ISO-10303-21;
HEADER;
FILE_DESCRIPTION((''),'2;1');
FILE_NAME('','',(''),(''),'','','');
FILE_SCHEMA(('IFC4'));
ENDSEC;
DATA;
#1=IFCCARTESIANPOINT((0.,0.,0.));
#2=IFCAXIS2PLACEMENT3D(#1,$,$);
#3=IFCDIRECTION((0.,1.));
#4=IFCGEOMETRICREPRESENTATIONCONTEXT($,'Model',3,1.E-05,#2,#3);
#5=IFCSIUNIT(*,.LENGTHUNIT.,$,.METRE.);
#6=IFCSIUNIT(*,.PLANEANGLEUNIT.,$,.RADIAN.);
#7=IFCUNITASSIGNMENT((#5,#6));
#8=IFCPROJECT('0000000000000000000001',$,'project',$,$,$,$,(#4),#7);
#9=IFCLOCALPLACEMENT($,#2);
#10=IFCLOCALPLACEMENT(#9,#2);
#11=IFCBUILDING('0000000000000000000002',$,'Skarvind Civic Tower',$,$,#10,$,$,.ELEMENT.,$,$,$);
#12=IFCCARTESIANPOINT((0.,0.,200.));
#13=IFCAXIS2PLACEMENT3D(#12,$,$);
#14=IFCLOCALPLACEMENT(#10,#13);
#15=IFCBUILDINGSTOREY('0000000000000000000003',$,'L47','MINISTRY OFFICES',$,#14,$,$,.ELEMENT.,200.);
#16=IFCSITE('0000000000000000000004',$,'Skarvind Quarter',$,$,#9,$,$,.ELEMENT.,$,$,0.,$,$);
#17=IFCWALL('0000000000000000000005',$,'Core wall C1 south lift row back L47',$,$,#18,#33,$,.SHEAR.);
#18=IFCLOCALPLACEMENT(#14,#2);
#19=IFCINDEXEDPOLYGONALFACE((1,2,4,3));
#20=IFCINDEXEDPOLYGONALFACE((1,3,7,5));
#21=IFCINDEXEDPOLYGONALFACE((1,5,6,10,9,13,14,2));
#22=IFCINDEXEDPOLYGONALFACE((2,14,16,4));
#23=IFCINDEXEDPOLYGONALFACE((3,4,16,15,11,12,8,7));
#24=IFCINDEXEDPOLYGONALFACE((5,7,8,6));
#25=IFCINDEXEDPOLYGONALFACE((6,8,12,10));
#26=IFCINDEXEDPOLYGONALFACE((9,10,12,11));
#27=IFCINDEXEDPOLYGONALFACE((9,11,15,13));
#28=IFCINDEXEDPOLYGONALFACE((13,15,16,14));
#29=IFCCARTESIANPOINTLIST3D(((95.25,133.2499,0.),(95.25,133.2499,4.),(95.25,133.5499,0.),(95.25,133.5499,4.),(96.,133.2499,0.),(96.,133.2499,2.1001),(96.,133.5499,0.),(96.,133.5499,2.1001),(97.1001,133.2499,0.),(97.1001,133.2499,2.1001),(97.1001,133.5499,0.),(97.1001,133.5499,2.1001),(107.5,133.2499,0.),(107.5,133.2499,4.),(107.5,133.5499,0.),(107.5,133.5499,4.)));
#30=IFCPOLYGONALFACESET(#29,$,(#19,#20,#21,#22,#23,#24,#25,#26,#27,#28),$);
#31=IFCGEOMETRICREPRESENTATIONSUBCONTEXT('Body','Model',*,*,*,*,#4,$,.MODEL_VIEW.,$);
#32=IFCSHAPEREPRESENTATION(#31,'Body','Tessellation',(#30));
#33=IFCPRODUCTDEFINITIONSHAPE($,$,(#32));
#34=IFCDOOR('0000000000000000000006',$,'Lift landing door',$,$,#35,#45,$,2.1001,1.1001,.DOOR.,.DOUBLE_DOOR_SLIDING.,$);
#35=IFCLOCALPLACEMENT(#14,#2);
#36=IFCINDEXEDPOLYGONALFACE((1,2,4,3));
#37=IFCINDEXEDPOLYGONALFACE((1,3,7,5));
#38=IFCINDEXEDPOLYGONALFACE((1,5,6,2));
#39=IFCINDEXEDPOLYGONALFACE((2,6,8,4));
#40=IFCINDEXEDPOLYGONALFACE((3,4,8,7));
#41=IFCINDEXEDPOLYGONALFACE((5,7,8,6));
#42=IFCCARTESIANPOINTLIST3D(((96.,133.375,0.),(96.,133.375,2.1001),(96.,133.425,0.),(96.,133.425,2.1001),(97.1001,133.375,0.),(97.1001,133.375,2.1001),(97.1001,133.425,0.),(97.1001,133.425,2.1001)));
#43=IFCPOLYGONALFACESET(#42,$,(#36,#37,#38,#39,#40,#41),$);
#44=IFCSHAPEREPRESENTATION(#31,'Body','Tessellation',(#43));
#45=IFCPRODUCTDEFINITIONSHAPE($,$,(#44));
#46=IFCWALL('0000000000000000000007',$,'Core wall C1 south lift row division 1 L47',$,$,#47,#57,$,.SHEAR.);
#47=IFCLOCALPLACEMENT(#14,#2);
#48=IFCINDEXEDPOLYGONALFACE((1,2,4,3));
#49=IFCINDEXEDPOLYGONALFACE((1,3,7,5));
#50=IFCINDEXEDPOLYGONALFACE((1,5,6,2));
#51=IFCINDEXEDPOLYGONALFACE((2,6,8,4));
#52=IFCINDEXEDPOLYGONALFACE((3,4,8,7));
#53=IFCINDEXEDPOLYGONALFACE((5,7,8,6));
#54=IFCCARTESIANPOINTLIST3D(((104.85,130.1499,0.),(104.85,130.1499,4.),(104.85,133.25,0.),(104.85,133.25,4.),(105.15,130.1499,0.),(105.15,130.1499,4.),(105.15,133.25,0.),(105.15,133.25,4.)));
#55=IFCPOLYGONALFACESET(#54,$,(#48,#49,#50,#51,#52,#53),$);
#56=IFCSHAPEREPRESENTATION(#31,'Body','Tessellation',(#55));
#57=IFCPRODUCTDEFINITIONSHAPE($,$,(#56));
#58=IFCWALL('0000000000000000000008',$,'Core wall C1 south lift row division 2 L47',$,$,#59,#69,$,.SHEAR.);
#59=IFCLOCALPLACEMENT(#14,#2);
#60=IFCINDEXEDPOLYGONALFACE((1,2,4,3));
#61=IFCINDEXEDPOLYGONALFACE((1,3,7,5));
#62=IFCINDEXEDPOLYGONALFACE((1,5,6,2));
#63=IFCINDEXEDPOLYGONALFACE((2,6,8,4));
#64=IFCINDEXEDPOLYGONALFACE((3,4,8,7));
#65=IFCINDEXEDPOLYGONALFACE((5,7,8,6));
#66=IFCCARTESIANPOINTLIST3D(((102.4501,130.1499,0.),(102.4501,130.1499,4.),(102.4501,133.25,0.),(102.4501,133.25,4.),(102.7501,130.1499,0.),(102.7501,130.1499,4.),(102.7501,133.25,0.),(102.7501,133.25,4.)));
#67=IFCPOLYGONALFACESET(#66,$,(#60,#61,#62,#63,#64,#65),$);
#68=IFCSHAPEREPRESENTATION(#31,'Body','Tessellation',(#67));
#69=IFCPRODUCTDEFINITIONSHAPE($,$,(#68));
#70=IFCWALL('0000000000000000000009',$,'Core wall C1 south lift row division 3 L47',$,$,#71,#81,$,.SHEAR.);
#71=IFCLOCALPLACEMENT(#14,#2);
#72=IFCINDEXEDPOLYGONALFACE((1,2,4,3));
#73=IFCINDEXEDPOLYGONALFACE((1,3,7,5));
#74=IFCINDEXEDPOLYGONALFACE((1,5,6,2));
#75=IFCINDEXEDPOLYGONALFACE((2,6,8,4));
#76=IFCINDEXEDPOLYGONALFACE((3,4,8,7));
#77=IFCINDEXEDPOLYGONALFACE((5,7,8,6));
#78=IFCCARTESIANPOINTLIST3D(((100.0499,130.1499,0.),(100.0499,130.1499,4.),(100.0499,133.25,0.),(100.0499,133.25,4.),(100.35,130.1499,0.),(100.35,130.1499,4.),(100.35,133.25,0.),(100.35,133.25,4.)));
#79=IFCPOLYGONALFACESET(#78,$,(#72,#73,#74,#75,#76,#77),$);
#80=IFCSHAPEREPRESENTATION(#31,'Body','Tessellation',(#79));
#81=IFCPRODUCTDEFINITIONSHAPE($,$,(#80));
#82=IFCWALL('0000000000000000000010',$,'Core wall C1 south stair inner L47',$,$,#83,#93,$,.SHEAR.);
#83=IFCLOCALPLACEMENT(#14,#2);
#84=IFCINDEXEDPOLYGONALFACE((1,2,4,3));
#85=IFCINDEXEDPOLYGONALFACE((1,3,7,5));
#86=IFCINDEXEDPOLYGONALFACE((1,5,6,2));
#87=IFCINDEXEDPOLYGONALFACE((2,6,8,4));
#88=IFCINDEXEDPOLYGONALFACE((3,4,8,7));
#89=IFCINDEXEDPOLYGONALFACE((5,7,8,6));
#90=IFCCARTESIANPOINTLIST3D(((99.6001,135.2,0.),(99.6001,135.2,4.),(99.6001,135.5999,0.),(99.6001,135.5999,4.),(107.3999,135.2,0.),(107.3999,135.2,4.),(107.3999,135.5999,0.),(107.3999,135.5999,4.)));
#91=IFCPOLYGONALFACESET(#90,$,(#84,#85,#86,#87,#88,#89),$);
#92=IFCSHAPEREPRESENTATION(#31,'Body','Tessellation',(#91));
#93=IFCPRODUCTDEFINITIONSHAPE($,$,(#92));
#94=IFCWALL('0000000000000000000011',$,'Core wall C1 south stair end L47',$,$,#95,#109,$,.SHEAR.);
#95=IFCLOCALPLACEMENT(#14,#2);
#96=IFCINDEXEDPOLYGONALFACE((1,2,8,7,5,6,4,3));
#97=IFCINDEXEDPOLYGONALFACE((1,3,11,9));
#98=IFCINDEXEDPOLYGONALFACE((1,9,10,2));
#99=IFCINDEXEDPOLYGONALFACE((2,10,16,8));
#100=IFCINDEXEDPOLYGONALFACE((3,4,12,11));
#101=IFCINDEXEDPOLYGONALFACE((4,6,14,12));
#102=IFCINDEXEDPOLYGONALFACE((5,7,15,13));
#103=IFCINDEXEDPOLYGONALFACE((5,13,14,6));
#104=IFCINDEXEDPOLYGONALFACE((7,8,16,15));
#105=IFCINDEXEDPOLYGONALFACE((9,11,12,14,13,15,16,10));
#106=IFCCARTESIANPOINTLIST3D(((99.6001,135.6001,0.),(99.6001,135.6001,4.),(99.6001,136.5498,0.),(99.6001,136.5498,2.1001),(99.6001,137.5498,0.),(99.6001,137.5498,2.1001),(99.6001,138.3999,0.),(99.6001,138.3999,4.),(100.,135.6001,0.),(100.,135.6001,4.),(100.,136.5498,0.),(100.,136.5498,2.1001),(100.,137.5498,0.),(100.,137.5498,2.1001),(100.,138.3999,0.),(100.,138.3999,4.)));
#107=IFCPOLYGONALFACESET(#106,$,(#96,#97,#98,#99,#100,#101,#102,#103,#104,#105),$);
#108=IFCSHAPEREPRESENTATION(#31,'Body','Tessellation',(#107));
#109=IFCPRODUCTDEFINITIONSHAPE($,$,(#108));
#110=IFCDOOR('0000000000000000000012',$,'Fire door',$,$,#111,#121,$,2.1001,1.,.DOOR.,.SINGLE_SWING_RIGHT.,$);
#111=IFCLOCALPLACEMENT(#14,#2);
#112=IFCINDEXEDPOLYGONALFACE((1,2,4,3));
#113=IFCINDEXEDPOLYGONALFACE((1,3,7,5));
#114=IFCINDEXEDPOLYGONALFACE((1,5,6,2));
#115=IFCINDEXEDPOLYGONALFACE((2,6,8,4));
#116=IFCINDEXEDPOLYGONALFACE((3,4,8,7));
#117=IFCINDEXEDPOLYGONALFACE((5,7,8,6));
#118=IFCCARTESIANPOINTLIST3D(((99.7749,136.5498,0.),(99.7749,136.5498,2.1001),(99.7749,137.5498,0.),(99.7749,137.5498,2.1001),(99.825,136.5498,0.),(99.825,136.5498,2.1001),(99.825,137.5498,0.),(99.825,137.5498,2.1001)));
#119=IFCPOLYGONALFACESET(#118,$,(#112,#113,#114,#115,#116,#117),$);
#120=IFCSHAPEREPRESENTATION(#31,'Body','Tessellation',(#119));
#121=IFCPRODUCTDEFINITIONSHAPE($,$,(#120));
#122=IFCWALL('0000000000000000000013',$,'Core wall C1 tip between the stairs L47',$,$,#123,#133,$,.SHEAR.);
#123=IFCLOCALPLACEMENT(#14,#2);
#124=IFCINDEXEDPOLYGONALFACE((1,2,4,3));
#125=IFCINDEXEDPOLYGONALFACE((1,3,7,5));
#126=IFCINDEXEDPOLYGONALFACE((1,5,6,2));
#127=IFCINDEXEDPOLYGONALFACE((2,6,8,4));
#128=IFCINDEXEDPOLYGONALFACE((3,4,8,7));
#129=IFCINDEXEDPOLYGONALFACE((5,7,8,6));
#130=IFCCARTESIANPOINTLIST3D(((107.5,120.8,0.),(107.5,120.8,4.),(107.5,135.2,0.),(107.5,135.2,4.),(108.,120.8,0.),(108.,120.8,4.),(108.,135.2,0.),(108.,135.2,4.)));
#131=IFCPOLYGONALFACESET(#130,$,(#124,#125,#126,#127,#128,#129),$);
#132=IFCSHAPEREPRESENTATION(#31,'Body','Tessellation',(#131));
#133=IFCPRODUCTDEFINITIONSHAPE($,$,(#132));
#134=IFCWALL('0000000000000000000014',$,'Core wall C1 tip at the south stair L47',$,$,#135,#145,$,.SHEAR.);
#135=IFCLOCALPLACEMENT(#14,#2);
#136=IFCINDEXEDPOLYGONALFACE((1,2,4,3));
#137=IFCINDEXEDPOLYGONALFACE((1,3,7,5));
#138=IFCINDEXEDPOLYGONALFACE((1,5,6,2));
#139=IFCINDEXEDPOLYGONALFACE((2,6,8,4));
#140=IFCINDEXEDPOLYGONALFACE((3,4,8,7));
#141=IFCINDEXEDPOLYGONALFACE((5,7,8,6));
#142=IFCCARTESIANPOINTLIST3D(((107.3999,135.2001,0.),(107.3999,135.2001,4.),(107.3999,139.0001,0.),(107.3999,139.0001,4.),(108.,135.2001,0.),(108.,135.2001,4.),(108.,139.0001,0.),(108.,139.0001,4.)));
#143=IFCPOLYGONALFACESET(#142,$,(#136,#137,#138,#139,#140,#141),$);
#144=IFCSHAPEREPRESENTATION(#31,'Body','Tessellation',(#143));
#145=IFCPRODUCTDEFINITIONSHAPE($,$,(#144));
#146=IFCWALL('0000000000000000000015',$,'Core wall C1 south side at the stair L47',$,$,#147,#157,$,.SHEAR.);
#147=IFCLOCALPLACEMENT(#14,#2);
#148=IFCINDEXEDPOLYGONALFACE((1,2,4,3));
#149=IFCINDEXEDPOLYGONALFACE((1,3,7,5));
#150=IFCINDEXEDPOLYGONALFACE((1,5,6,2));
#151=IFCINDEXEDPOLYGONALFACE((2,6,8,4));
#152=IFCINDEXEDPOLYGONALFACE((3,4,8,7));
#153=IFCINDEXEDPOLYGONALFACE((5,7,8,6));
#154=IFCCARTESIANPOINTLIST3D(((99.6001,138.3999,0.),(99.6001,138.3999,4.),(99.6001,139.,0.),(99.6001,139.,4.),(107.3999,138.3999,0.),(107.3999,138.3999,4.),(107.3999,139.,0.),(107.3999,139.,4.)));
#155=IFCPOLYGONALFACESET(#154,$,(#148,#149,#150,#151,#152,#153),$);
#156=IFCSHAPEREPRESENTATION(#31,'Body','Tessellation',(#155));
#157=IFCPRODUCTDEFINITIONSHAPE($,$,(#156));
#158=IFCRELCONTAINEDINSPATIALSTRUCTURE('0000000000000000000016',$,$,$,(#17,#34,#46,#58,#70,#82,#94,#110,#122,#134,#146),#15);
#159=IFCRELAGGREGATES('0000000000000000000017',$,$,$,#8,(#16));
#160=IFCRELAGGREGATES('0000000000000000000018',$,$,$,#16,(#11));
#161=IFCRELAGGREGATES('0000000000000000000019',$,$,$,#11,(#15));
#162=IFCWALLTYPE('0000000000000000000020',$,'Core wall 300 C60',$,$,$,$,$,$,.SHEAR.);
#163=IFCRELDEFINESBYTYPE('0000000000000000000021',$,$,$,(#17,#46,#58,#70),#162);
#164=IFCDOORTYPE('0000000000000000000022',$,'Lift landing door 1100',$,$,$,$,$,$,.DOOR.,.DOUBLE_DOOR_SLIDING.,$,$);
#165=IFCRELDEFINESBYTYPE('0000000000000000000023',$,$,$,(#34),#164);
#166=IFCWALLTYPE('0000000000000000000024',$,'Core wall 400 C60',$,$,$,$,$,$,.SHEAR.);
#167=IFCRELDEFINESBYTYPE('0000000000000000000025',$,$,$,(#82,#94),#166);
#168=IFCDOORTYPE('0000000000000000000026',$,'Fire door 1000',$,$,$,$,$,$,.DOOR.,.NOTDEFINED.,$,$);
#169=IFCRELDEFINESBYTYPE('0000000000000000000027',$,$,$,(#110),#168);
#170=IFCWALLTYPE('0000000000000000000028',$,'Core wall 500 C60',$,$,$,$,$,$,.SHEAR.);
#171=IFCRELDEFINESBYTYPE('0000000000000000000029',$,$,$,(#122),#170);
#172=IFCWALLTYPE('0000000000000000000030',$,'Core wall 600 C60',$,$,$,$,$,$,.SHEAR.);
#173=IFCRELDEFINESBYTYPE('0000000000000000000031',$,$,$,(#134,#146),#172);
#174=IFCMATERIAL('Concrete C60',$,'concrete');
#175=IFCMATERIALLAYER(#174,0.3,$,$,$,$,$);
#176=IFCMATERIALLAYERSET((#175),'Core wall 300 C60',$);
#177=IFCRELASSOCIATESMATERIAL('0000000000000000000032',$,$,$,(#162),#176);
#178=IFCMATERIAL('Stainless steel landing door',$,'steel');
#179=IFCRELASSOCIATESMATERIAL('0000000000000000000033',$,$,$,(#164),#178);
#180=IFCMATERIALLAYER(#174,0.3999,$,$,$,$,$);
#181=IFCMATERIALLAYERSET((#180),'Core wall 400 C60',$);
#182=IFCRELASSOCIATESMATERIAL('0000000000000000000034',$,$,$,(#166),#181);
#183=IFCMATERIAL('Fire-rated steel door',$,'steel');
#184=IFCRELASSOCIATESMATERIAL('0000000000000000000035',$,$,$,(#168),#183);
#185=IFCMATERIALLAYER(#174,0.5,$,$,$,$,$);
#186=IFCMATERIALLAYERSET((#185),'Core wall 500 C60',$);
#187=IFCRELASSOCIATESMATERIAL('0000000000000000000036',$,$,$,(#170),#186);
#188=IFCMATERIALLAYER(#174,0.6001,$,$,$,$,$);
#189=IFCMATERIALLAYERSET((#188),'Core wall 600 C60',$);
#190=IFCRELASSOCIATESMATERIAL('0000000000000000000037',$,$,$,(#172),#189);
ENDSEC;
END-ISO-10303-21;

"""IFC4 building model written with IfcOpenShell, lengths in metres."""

from ifc_helpers import new_model, si_unit, direction, frame, frame_2d, origin, place, context, subcontext, project, spatial, rectangle, extrude, material, layer, layer_set, type_object, element, fill, save


model = new_model("IFC4")

# Units and contexts
model_context = context("Model", 3, precision=1e-05, world=origin(), true_north=direction((0.0, 1.0)))
body_context = subcontext(model_context, "Body", "Model", "MODEL_VIEW")
ifc_project = project(units=[si_unit("LENGTHUNIT", "METRE"), si_unit("PLANEANGLEUNIT", "RADIAN")], contexts=[model_context])

# Site, building, storey
site_placement = place(None, origin())
site = spatial("IfcSite", under=ifc_project, at=site_placement, Name="Skarvind Quarter", CompositionType="ELEMENT", RefElevation=0.0)
building_placement = place(site_placement, origin())
building = spatial("IfcBuilding", under=site, at=building_placement, Name="Skarvind Civic Tower", CompositionType="ELEMENT")
storey_placement = place(building_placement, frame((0.0, 0.0, 200.0)))
storey = spatial("IfcBuildingStorey", under=building, at=storey_placement, Name="L47", Description="MINISTRY OFFICES", CompositionType="ELEMENT", Elevation=200.0)

# Wall, opening, door
ifc_material_1 = material(Name="Concrete C60", Category="concrete")
ifc_layer_1 = layer(ifc_material_1, 0.3)
ifc_layer_set_1 = layer_set([ifc_layer_1], Name="Core wall 300 C60")
wall_type_1 = type_object("IfcWallType", Name="Core wall 300 C60", PredefinedType="SHEAR", material=ifc_layer_set_1)
wall_1_placement = place(storey_placement, frame((107.5, 133.3999, 0.0), z_axis=(0.0, 0.0, 1.0), x_axis=(-1.0, 0.0, 0.0)))
wall_1 = element("IfcWall", 1, at=wall_1_placement, inside=storey, type_object=wall_type_1, Name="Core wall C1 south lift row back L47", PredefinedType="SHEAR", context=body_context, shape_type="SweptSolid", body=[
    extrude(rectangle(XDim=12.25, YDim=0.3, at=frame_2d((6.125, 0.0))), origin(), (0.0, 0.0, 1.0), 4.0),
])
opening_1_placement = place(wall_1_placement, frame((10.3999, 0.0, 0.0)))
opening_1 = element("IfcOpeningElement", 2, at=opening_1_placement, cuts=wall_1, PredefinedType="OPENING", context=body_context, shape_type="SweptSolid", body=[
    extrude(rectangle(XDim=1.1001, YDim=2.1001, at=frame_2d((0.55, 1.05))), frame((0.0, 0.1599, 0.0), z_axis=(0.0, -1.0, 0.0), x_axis=(1.0, 0.0, 0.0)), (0.0, 0.0, 1.0), 0.3201),
])
ifc_material_2 = material(Name="Stainless steel landing door", Category="steel")
door_type_1 = type_object("IfcDoorType", Name="Lift landing door 1100", OperationType="DOUBLE_DOOR_SLIDING", PredefinedType="DOOR", material=ifc_material_2)
door_1_placement = place(opening_1_placement, origin())
door_1 = element("IfcDoor", 3, at=door_1_placement, inside=storey, type_object=door_type_1, Name="Lift landing door", OperationType="DOUBLE_DOOR_SLIDING", OverallHeight=2.1001, OverallWidth=1.1001, PredefinedType="DOOR", context=body_context, shape_type="SweptSolid", body=[
    extrude(rectangle(XDim=1.1001, YDim=2.1001, at=frame_2d((0.55, 1.05))), frame((0.0, 0.0249, 0.0), z_axis=(0.0, -1.0, 0.0), x_axis=(1.0, 0.0, 0.0)), (0.0, 0.0, 1.0), 0.05),
])
fill(opening_1, door_1)

# Walls
for number, where, z_axis, x_axis, name in (
    (4, (105.0, 133.25, 0.0), (0.0, 0.0, 1.0), (0.0, -1.0, 0.0), "Core wall C1 south lift row division 1 L47"),
    (5, (102.6001, 133.25, 0.0), (0.0, 0.0, 1.0), (0.0, -1.0, 0.0), "Core wall C1 south lift row division 2 L47"),
    (6, (100.2, 133.25, 0.0), (0.0, 0.0, 1.0), (0.0, -1.0, 0.0), "Core wall C1 south lift row division 3 L47"),
):
    element("IfcWall", number, at=place(storey_placement, frame(where, z_axis=z_axis, x_axis=x_axis)), inside=storey, type_object=wall_type_1, Name=name, PredefinedType="SHEAR", context=body_context, shape_type="SweptSolid", body=[
        extrude(rectangle(XDim=3.1001, YDim=0.3, at=frame_2d((1.55, 0.0))), origin(), (0.0, 0.0, 1.0), 4.0),
    ])
ifc_layer_2 = layer(ifc_material_1, 0.3999)
ifc_layer_set_2 = layer_set([ifc_layer_2], Name="Core wall 400 C60")
wall_type_2 = type_object("IfcWallType", Name="Core wall 400 C60", PredefinedType="SHEAR", material=ifc_layer_set_2)
wall_2_placement = place(storey_placement, frame((107.3999, 135.3999, 0.0), z_axis=(0.0, 0.0, 1.0), x_axis=(-1.0, 0.0, 0.0)))
element("IfcWall", 7, at=wall_2_placement, inside=storey, type_object=wall_type_2, Name="Core wall C1 south stair inner L47", PredefinedType="SHEAR", context=body_context, shape_type="SweptSolid", body=[
    extrude(rectangle(XDim=7.7998, YDim=0.3999, at=frame_2d((3.8999, 0.0))), origin(), (0.0, 0.0, 1.0), 4.0),
])

# Wall, opening, door
wall_3_placement = place(storey_placement, frame((99.8, 138.3999, 0.0), z_axis=(0.0, 0.0, 1.0), x_axis=(0.0, -1.0, 0.0)))
wall_3 = element("IfcWall", 8, at=wall_3_placement, inside=storey, type_object=wall_type_2, Name="Core wall C1 south stair end L47", PredefinedType="SHEAR", context=body_context, shape_type="SweptSolid", body=[
    extrude(rectangle(XDim=2.7998, YDim=0.3999, at=frame_2d((1.3999, 0.0))), origin(), (0.0, 0.0, 1.0), 4.0),
])
opening_2_placement = place(wall_3_placement, frame((0.8501, 0.0, 0.0)))
opening_2 = element("IfcOpeningElement", 9, at=opening_2_placement, cuts=wall_3, PredefinedType="OPENING", context=body_context, shape_type="SweptSolid", body=[
    extrude(rectangle(XDim=1.0, YDim=2.1001, at=frame_2d((0.5, 1.05))), frame((0.0, 0.21, 0.0), z_axis=(0.0, -1.0, 0.0), x_axis=(1.0, 0.0, 0.0)), (0.0, 0.0, 1.0), 0.4199),
])
ifc_material_3 = material(Name="Fire-rated steel door", Category="steel")
door_type_2 = type_object("IfcDoorType", Name="Fire door 1000", OperationType="NOTDEFINED", PredefinedType="DOOR", material=ifc_material_3)
door_2_placement = place(opening_2_placement, origin())
door_2 = element("IfcDoor", 10, at=door_2_placement, inside=storey, type_object=door_type_2, Name="Fire door", OperationType="SINGLE_SWING_RIGHT", OverallHeight=2.1001, OverallWidth=1.0, PredefinedType="DOOR", context=body_context, shape_type="SweptSolid", body=[
    extrude(rectangle(XDim=1.0, YDim=2.1001, at=frame_2d((0.5, 1.05))), frame((0.0, 0.0249, 0.0), z_axis=(0.0, -1.0, 0.0), x_axis=(1.0, 0.0, 0.0)), (0.0, 0.0, 1.0), 0.05),
])
fill(opening_2, door_2)

# Walls
ifc_layer_3 = layer(ifc_material_1, 0.5)
ifc_layer_set_3 = layer_set([ifc_layer_3], Name="Core wall 500 C60")
wall_type_3 = type_object("IfcWallType", Name="Core wall 500 C60", PredefinedType="SHEAR", material=ifc_layer_set_3)
wall_4_placement = place(storey_placement, frame((107.75, 135.2, 0.0), z_axis=(0.0, 0.0, 1.0), x_axis=(0.0, -1.0, 0.0)))
element("IfcWall", 11, at=wall_4_placement, inside=storey, type_object=wall_type_3, Name="Core wall C1 tip between the stairs L47", PredefinedType="SHEAR", context=body_context, shape_type="SweptSolid", body=[
    extrude(rectangle(XDim=14.3999, YDim=0.5, at=frame_2d((7.2, 0.0))), origin(), (0.0, 0.0, 1.0), 4.0),
])
ifc_layer_4 = layer(ifc_material_1, 0.6001)
ifc_layer_set_4 = layer_set([ifc_layer_4], Name="Core wall 600 C60")
wall_type_4 = type_object("IfcWallType", Name="Core wall 600 C60", PredefinedType="SHEAR", material=ifc_layer_set_4)
wall_5_placement = place(storey_placement, frame((107.7, 139.0, 0.0), z_axis=(0.0, 0.0, 1.0), x_axis=(0.0, -1.0, 0.0)))
element("IfcWall", 12, at=wall_5_placement, inside=storey, type_object=wall_type_4, Name="Core wall C1 tip at the south stair L47", PredefinedType="SHEAR", context=body_context, shape_type="SweptSolid", body=[
    extrude(rectangle(XDim=3.8, YDim=0.6001, at=frame_2d((1.8999, 0.0))), origin(), (0.0, 0.0, 1.0), 4.0),
])
wall_6_placement = place(storey_placement, frame((107.3999, 138.7, 0.0), z_axis=(0.0, 0.0, 1.0), x_axis=(-1.0, 0.0, 0.0)))
element("IfcWall", 13, at=wall_6_placement, inside=storey, type_object=wall_type_4, Name="Core wall C1 south side at the stair L47", PredefinedType="SHEAR", context=body_context, shape_type="SweptSolid", body=[
    extrude(rectangle(XDim=7.7998, YDim=0.6001, at=frame_2d((3.8999, 0.0))), origin(), (0.0, 0.0, 1.0), 4.0),
])

save(model, "model.ifc")
